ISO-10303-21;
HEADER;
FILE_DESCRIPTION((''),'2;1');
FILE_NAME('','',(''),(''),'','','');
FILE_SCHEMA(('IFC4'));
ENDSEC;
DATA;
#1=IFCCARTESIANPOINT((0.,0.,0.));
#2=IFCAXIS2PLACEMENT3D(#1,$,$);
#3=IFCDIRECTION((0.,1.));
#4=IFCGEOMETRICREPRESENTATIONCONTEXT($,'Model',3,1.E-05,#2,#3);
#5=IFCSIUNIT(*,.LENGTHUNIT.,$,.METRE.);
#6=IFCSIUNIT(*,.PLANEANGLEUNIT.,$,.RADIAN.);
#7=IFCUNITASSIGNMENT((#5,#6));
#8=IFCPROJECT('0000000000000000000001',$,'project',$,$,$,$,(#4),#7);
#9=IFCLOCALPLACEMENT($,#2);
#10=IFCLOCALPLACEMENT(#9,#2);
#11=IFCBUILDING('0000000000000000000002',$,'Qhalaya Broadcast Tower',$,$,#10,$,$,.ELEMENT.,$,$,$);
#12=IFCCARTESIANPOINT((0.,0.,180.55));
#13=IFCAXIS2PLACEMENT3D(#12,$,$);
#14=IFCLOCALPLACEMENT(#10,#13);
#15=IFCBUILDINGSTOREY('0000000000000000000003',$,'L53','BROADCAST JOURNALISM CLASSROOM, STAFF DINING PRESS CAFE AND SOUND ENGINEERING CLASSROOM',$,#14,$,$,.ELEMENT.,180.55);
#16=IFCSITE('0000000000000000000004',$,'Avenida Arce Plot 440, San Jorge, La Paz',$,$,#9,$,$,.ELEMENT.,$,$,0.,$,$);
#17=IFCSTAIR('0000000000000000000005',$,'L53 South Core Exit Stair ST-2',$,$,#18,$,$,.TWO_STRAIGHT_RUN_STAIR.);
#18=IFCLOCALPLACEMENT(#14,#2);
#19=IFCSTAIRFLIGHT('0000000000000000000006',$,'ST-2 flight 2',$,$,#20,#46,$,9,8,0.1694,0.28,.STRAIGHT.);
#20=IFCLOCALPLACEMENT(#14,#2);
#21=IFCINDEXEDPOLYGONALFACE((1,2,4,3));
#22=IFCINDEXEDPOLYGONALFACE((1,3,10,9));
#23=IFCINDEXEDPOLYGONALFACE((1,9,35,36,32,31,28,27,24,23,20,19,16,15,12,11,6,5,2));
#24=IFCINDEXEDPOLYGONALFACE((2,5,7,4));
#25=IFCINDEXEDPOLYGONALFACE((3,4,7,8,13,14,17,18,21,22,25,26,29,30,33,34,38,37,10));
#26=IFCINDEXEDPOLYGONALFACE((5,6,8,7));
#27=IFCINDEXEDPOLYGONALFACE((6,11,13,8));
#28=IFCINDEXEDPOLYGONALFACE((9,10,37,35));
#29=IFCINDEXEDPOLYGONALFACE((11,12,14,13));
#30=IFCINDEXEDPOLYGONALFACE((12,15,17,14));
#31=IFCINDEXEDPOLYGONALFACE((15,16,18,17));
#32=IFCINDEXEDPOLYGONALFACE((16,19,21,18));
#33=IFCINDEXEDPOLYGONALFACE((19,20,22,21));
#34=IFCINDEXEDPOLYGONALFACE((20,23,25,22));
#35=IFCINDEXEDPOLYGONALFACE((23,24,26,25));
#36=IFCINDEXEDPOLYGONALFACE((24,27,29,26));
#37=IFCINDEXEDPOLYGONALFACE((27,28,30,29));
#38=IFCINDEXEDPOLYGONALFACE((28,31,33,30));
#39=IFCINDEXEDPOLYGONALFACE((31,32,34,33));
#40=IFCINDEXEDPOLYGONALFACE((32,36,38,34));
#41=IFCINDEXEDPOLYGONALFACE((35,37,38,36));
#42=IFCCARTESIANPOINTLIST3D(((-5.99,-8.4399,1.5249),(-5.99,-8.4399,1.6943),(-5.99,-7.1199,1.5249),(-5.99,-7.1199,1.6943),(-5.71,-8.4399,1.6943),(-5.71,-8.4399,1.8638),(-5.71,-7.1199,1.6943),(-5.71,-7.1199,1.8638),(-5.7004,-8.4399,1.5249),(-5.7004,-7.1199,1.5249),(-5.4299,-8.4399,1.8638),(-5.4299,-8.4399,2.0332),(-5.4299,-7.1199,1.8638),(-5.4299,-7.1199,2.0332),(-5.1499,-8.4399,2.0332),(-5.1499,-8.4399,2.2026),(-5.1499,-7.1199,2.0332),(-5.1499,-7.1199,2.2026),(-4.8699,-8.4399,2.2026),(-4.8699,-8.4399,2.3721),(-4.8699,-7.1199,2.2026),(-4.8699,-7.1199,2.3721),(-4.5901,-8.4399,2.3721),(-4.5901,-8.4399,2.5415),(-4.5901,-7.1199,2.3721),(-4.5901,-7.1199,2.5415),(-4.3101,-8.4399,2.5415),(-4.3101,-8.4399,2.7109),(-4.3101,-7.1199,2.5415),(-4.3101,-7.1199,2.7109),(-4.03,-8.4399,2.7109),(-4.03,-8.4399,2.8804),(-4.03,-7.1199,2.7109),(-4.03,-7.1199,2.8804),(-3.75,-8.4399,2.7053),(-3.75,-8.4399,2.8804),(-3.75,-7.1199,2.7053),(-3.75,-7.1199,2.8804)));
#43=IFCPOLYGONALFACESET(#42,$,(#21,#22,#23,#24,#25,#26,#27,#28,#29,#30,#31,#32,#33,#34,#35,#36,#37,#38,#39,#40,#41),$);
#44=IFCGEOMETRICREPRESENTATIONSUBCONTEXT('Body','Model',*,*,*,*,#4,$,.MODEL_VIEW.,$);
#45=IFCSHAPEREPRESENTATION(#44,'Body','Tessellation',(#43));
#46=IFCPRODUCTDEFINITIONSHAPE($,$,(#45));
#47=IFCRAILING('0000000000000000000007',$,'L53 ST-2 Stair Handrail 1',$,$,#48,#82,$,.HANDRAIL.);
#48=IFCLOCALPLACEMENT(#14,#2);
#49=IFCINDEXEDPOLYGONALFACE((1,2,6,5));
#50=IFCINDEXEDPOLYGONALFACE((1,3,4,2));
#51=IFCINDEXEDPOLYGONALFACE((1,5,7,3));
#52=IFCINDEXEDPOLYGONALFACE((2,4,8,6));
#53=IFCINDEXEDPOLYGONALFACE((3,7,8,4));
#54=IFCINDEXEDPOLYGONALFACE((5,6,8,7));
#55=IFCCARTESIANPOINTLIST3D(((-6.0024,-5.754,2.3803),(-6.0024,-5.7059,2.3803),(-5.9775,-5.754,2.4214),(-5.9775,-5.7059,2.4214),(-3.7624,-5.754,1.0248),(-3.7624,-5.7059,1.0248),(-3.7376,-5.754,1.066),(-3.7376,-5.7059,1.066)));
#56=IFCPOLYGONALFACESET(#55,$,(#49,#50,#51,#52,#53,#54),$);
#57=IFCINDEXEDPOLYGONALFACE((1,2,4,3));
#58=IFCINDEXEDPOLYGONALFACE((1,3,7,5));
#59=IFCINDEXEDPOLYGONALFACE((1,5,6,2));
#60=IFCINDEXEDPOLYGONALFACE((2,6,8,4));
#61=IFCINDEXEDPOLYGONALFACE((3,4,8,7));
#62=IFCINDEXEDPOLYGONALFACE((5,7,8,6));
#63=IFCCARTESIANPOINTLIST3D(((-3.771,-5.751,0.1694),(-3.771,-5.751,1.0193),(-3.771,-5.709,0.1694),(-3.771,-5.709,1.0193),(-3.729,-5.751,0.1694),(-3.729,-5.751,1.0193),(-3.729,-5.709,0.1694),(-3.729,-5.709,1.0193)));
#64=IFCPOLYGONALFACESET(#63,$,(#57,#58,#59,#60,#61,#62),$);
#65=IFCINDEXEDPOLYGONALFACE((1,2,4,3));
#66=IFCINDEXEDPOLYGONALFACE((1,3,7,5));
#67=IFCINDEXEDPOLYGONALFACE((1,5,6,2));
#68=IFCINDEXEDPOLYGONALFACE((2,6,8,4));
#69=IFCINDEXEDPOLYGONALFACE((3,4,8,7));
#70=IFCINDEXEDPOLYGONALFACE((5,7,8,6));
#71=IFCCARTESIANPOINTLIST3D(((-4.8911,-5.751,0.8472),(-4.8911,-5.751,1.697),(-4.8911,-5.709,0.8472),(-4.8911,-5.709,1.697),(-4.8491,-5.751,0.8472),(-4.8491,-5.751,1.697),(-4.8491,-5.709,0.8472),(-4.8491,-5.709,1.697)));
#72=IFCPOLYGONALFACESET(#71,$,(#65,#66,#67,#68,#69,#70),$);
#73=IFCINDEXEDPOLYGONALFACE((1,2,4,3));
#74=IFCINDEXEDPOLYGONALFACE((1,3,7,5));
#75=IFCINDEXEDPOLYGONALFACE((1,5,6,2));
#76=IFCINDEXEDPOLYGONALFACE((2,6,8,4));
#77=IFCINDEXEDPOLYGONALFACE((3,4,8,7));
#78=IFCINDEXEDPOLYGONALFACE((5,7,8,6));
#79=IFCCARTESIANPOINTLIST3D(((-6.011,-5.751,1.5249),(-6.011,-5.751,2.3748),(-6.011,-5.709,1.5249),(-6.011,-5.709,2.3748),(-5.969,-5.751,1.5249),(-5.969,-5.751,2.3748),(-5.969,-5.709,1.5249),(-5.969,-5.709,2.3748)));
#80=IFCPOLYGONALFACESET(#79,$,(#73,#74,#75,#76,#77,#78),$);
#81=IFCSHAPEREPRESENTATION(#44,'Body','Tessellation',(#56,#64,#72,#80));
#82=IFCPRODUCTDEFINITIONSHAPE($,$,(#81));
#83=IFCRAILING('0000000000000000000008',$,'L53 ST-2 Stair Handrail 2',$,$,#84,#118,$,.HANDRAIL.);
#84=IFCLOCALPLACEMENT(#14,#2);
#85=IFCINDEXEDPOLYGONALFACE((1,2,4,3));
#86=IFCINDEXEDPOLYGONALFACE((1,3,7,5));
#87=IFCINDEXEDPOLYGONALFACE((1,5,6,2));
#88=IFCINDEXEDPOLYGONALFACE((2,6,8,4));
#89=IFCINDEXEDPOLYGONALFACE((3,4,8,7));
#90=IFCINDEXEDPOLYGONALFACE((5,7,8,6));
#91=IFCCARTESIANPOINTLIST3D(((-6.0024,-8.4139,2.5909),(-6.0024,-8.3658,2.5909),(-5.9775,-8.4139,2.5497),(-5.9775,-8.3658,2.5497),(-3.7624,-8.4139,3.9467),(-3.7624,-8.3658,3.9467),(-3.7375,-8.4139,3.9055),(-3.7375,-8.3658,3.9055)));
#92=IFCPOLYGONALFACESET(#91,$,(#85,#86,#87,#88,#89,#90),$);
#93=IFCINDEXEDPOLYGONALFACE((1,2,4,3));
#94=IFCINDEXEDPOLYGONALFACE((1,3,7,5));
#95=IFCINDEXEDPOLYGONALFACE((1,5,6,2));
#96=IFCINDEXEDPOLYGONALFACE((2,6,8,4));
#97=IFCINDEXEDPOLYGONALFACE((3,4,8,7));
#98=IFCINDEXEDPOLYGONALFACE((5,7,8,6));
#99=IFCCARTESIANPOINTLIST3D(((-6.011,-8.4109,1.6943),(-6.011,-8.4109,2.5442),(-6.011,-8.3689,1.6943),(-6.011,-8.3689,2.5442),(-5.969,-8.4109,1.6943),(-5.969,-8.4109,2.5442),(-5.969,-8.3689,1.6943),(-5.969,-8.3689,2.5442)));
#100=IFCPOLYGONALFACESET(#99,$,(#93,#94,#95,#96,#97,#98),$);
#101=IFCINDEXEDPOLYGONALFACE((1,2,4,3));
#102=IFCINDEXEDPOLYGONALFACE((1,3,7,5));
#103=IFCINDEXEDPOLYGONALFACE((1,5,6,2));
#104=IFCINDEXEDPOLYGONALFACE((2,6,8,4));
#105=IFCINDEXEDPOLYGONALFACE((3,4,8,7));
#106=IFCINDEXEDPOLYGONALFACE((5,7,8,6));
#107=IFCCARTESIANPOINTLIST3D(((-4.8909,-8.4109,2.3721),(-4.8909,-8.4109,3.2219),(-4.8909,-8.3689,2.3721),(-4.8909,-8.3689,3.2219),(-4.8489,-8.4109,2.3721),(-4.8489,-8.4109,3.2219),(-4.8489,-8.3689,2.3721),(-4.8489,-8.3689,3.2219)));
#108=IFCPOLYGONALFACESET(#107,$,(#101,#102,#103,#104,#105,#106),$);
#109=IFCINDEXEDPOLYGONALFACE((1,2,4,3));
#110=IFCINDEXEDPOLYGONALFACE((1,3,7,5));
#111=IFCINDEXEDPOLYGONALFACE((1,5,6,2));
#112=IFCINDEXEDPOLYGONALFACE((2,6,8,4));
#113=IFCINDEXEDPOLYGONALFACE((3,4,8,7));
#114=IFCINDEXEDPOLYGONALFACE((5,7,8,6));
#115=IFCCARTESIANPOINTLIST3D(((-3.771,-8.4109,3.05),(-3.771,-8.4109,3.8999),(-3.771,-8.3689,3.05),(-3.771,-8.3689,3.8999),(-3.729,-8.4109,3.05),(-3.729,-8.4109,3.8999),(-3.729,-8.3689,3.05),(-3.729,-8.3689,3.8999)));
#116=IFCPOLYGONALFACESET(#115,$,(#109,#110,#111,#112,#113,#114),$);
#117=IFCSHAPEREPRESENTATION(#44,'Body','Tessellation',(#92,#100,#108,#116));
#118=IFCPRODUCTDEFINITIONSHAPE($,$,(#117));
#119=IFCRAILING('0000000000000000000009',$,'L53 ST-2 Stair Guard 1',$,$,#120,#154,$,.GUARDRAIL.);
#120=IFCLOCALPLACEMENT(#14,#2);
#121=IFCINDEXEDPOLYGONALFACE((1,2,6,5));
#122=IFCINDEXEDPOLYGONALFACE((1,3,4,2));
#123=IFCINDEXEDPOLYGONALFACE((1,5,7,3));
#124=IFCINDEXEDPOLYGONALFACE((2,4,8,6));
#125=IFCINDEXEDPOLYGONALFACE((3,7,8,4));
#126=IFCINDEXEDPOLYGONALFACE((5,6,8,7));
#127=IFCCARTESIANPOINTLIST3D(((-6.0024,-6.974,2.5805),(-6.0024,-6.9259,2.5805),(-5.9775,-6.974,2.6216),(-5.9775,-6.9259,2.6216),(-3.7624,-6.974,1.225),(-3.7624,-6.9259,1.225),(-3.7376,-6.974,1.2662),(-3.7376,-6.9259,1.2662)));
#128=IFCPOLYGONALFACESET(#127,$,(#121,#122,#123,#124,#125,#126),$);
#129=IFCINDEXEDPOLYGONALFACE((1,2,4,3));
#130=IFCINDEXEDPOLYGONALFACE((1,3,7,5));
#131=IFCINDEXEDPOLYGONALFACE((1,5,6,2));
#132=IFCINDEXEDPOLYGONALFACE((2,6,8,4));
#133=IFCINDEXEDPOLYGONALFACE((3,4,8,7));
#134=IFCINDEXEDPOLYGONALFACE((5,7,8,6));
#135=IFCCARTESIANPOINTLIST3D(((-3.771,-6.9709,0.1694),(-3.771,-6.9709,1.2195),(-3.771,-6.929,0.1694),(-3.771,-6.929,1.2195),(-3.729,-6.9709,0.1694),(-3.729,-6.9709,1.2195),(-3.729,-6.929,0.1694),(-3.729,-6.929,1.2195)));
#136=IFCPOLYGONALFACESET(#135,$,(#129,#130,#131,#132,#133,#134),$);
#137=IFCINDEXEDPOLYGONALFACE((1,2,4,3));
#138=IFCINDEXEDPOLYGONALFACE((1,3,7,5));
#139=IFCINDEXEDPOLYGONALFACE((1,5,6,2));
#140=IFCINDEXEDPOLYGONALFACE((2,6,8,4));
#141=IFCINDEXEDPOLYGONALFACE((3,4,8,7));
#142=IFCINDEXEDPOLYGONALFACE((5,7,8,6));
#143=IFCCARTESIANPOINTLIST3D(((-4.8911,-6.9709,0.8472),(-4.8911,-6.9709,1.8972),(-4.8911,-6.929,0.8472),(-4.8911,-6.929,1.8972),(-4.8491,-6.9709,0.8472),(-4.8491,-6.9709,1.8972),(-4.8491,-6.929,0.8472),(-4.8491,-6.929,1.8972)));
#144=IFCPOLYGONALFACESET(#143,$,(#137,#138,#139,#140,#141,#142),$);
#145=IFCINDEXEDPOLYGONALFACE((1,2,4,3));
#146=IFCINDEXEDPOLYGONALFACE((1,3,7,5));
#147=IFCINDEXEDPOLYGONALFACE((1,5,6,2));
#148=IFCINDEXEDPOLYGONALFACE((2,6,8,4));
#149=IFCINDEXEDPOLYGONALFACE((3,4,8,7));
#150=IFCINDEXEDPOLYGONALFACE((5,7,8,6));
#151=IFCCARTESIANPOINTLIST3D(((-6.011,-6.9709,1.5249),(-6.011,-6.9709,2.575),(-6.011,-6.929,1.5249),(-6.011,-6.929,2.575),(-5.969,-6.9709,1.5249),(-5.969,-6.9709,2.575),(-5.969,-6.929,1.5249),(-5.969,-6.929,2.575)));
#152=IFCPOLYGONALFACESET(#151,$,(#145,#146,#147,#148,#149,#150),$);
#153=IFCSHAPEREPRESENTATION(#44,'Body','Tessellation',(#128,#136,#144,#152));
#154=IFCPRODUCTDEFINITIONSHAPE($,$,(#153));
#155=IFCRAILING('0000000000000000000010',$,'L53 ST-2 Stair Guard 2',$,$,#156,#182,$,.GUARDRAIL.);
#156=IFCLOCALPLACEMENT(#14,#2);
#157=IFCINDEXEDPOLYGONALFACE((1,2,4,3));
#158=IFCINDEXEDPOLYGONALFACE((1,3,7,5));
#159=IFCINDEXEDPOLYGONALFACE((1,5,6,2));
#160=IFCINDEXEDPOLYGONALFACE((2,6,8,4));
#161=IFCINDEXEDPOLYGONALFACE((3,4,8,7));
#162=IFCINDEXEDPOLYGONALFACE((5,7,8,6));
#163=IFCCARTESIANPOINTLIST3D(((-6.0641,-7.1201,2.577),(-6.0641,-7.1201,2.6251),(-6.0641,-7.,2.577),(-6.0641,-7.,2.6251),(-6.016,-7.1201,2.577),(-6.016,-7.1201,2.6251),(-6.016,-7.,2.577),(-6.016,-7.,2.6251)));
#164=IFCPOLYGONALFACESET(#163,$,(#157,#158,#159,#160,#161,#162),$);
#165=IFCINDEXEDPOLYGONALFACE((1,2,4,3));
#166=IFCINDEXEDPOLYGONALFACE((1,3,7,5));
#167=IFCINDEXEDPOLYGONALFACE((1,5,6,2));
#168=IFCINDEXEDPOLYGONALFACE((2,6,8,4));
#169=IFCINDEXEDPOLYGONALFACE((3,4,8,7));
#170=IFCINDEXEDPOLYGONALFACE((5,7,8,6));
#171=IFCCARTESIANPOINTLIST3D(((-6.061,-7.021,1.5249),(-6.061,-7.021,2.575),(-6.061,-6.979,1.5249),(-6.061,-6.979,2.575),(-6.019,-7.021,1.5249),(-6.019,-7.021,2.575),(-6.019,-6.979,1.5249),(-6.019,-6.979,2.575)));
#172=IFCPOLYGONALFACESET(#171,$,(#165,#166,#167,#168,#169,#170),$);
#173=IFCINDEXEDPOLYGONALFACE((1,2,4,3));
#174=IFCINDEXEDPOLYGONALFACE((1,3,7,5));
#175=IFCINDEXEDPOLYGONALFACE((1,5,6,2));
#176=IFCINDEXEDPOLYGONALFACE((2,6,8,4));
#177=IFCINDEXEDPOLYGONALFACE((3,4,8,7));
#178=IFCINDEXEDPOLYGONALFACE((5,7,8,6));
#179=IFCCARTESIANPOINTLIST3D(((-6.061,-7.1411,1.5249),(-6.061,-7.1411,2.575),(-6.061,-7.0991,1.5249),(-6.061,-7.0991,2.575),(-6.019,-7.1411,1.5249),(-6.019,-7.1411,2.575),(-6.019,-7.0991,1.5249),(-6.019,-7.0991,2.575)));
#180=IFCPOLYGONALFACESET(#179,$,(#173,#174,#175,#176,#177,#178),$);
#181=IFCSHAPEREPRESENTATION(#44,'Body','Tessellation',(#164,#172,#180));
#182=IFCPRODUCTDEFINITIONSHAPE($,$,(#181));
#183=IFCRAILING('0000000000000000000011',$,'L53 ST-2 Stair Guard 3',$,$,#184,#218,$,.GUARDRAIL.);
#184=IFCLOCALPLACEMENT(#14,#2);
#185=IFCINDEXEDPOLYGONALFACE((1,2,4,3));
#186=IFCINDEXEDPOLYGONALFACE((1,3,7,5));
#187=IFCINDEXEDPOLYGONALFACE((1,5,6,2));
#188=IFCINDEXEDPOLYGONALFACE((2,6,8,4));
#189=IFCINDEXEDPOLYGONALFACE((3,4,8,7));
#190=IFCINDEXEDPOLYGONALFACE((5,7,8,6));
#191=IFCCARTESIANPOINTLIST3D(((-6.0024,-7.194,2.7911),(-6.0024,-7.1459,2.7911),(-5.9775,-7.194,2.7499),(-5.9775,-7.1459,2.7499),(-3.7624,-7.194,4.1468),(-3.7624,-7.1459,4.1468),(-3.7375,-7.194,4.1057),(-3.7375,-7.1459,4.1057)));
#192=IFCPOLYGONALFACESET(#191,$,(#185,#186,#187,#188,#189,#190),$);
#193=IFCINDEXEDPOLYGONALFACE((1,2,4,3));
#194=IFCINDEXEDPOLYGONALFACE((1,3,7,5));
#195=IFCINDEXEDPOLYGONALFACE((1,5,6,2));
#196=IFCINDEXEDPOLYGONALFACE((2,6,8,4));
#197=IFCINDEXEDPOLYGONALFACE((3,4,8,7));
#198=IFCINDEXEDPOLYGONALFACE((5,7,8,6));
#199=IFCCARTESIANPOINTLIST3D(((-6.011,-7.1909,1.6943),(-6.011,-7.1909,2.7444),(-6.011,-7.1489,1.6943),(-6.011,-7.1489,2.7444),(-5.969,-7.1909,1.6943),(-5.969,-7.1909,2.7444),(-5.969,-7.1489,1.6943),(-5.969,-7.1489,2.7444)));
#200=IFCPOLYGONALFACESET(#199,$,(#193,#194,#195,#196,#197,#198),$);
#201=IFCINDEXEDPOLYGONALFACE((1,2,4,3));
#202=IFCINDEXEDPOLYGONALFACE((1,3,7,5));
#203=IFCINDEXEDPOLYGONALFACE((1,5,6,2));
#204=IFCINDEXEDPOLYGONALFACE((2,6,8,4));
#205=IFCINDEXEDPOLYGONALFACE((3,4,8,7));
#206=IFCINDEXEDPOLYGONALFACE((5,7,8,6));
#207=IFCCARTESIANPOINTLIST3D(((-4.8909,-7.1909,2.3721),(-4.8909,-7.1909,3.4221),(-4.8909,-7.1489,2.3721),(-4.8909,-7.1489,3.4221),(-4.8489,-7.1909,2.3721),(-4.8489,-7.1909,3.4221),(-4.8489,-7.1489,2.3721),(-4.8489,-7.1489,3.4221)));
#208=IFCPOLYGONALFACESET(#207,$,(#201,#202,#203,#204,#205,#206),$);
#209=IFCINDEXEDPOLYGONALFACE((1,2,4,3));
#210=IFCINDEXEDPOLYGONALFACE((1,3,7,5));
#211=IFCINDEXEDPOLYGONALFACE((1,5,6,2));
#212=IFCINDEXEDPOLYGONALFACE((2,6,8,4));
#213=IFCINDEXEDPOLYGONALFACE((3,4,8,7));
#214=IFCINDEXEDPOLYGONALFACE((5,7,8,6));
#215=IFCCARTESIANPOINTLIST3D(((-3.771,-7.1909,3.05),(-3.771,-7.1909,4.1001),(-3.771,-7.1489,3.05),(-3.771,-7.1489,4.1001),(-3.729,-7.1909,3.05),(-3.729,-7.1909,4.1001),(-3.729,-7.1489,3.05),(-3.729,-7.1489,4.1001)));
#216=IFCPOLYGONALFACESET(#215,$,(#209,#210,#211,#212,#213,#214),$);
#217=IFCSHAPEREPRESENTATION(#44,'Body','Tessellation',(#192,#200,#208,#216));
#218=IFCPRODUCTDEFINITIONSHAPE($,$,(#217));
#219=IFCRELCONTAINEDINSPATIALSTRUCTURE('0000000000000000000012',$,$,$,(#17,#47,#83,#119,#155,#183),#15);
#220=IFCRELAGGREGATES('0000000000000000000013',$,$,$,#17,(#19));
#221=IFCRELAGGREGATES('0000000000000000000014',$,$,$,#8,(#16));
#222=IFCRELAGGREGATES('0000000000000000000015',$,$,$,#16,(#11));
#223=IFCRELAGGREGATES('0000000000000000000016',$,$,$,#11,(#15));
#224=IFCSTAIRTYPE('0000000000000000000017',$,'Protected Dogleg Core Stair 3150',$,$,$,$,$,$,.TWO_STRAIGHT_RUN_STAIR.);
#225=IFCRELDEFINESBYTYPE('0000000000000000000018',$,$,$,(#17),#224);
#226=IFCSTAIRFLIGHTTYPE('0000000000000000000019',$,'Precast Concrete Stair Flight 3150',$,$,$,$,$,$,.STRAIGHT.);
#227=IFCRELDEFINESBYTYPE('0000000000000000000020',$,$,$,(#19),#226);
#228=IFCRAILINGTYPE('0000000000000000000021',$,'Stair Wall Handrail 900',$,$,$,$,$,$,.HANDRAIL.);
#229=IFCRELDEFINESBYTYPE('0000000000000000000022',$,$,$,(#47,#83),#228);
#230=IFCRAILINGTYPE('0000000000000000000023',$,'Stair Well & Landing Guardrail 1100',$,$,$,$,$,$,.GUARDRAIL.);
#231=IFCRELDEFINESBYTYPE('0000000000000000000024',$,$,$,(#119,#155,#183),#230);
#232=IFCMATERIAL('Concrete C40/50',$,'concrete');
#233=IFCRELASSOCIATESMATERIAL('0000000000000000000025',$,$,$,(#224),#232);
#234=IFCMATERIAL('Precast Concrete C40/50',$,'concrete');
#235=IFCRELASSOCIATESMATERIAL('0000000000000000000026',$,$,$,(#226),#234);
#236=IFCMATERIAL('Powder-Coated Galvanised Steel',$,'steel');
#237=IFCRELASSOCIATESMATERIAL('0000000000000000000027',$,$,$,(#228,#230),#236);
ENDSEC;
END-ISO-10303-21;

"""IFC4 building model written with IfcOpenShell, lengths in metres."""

from ifc_helpers import new_model, si_unit, direction, frame, origin, origin_2d, place, context, subcontext, project, spatial, polyline, rectangle, outline, extrude, material, type_object, element, aggregate, save


model = new_model("IFC4")

# Units and contexts
model_context = context("Model", 3, precision=1e-05, world=origin(), true_north=direction((0.0, 1.0)))
body_context = subcontext(model_context, "Body", "Model", "MODEL_VIEW")
ifc_project = project(units=[si_unit("LENGTHUNIT", "METRE"), si_unit("PLANEANGLEUNIT", "RADIAN")], contexts=[model_context])

# Site, building, storey
site_placement = place(None, origin())
site = spatial("IfcSite", under=ifc_project, at=site_placement, Name="Avenida Arce Plot 440, San Jorge, La Paz", CompositionType="ELEMENT", RefElevation=0.0)
building_placement = place(site_placement, origin())
building = spatial("IfcBuilding", under=site, at=building_placement, Name="Qhalaya Broadcast Tower", CompositionType="ELEMENT")
storey_placement = place(building_placement, frame((0.0, 0.0, 180.55)))
storey = spatial("IfcBuildingStorey", under=building, at=storey_placement, Name="L53", Description="BROADCAST JOURNALISM CLASSROOM, STAFF DINING PRESS CAFE AND SOUND ENGINEERING CLASSROOM", CompositionType="ELEMENT", Elevation=180.55)

# Shared definitions
ifc_material_1 = material(Name="Precast Concrete C40/50", Category="concrete")

# Stair, stair flight
ifc_material_2 = material(Name="Concrete C40/50", Category="concrete")
stair_type = type_object("IfcStairType", Name="Protected Dogleg Core Stair 3150", PredefinedType="TWO_STRAIGHT_RUN_STAIR", material=ifc_material_2)
stair_placement = place(storey_placement, origin())
stair = element("IfcStair", 1, at=stair_placement, inside=storey, type_object=stair_type, Name="L53 South Core Exit Stair ST-2", PredefinedType="TWO_STRAIGHT_RUN_STAIR")
stair_flight_type = type_object("IfcStairFlightType", Name="Precast Concrete Stair Flight 3150", PredefinedType="STRAIGHT", material=ifc_material_1)
stair_flight_1_placement = place(storey_placement, frame((-5.99, -7.78, 1.5249), z_axis=(0.0, 0.0, 1.0), x_axis=(1.0, 0.0, 0.0)))
stair_flight_1 = element("IfcStairFlight", 2, at=stair_flight_1_placement, type_object=stair_flight_type, Name="ST-2 flight 2", NumberOfRisers=9, NumberOfTreads=8, PredefinedType="STRAIGHT", RiserHeight=0.1694, TreadLength=0.28, context=body_context, shape_type="SweptSolid", body=[
    extrude(outline(polyline([(0.0, 0.0), (0.0, 0.1694), (0.28, 0.1694), (0.28, 0.3389), (0.5601, 0.3389), (0.5601, 0.5083), (0.8401, 0.5083), (0.8401, 0.6777), (1.1201, 0.6777), (1.1201, 0.8472), (1.3999, 0.8472), (1.3999, 1.0166), (1.6799, 1.0166), (1.6799, 1.186), (1.96, 1.186), (1.96, 1.3555), (2.24, 1.3555), (2.24, 1.5249), (2.24, 1.1804), (0.2896, 0.0), (0.0, 0.0)])), frame((0.0, 0.6602, 0.0), z_axis=(0.0, -1.0, 0.0), x_axis=(1.0, 0.0, 0.0)), (0.0, 0.0, 1.0), 1.3201),
])
aggregate(stair, [stair_flight_1])

# Railings
ifc_material_3 = material(Name="Powder-Coated Galvanised Steel", Category="steel")
railing_type_1 = type_object("IfcRailingType", Name="Stair Wall Handrail 900", PredefinedType="HANDRAIL", material=ifc_material_3)
railing_1_placement = place(storey_placement, frame((-3.75, -5.73, 0.1694)))
element("IfcRailing", 3, at=railing_1_placement, inside=storey, type_object=railing_type_1, Name="L53 ST-2 Stair Handrail 1", PredefinedType="HANDRAIL", context=body_context, shape_type="SweptSolid", body=[
    extrude(rectangle(XDim=0.0481, YDim=0.0481, at=origin_2d()), frame((0.0, 0.0, 0.876), z_axis=(-0.855553, 0.0, 0.517715), x_axis=(0.0, -1.0, 0.0)), (0.0, 0.0, 1.0), 2.6182),
    extrude(rectangle(XDim=0.042, YDim=0.042, at=origin_2d()), origin(), (0.0, 0.0, 1.0), 0.8499),
    extrude(rectangle(XDim=0.042, YDim=0.042, at=origin_2d()), frame((-1.1201, 0.0, 0.6777)), (0.0, 0.0, 1.0), 0.8499),
    extrude(rectangle(XDim=0.042, YDim=0.042, at=origin_2d()), frame((-2.24, 0.0, 1.3555)), (0.0, 0.0, 1.0), 0.8499),
])
railing_2_placement = place(storey_placement, frame((-5.99, -8.3899, 1.6943)))
element("IfcRailing", 4, at=railing_2_placement, inside=storey, type_object=railing_type_1, Name="L53 ST-2 Stair Handrail 2", PredefinedType="HANDRAIL", context=body_context, shape_type="SweptSolid", body=[
    extrude(rectangle(XDim=0.0481, YDim=0.0481, at=origin_2d()), frame((0.0, 0.0, 0.876), z_axis=(0.855512, 0.0, 0.517783), x_axis=(0.0, 1.0, 0.0)), (0.0, 0.0, 1.0), 2.6184),
    extrude(rectangle(XDim=0.042, YDim=0.042, at=origin_2d()), origin(), (0.0, 0.0, 1.0), 0.8499),
    extrude(rectangle(XDim=0.042, YDim=0.042, at=origin_2d()), frame((1.1201, 0.0, 0.6777)), (0.0, 0.0, 1.0), 0.8499),
    extrude(rectangle(XDim=0.042, YDim=0.042, at=origin_2d()), frame((2.24, 0.0, 1.3557)), (0.0, 0.0, 1.0), 0.8499),
])
railing_type_2 = type_object("IfcRailingType", Name="Stair Well & Landing Guardrail 1100", PredefinedType="GUARDRAIL", material=ifc_material_3)
railing_3_placement = place(storey_placement, frame((-3.75, -6.95, 0.1694)))
element("IfcRailing", 5, at=railing_3_placement, inside=storey, type_object=railing_type_2, Name="L53 ST-2 Stair Guard 1", PredefinedType="GUARDRAIL", context=body_context, shape_type="SweptSolid", body=[
    extrude(rectangle(XDim=0.0481, YDim=0.0481, at=origin_2d()), frame((0.0, 0.0, 1.0762), z_axis=(-0.855553, 0.0, 0.517715), x_axis=(0.0, -1.0, 0.0)), (0.0, 0.0, 1.0), 2.6182),
    extrude(rectangle(XDim=0.042, YDim=0.042, at=origin_2d()), origin(), (0.0, 0.0, 1.0), 1.05),
    extrude(rectangle(XDim=0.042, YDim=0.042, at=origin_2d()), frame((-1.1201, 0.0, 0.6777)), (0.0, 0.0, 1.0), 1.05),
    extrude(rectangle(XDim=0.042, YDim=0.042, at=origin_2d()), frame((-2.24, 0.0, 1.3555)), (0.0, 0.0, 1.0), 1.05),
])
railing_4_placement = place(storey_placement, frame((-6.04, -7.0, 1.5249)))
element("IfcRailing", 6, at=railing_4_placement, inside=storey, type_object=railing_type_2, Name="L53 ST-2 Stair Guard 2", PredefinedType="GUARDRAIL", context=body_context, shape_type="SweptSolid", body=[
    extrude(rectangle(XDim=0.0481, YDim=0.0481, at=origin_2d()), frame((0.0, 0.0, 1.0762), z_axis=(0.0, -1.0, 0.0), x_axis=(1.0, 0.0, 0.0)), (0.0, 0.0, 1.0), 0.1201),
    extrude(rectangle(XDim=0.042, YDim=0.042, at=origin_2d()), origin(), (0.0, 0.0, 1.0), 1.05),
    extrude(rectangle(XDim=0.042, YDim=0.042, at=origin_2d()), frame((0.0, -0.1201, 0.0)), (0.0, 0.0, 1.0), 1.05),
])
railing_5_placement = place(storey_placement, frame((-5.99, -7.1699, 1.6943)))
element("IfcRailing", 7, at=railing_5_placement, inside=storey, type_object=railing_type_2, Name="L53 ST-2 Stair Guard 3", PredefinedType="GUARDRAIL", context=body_context, shape_type="SweptSolid", body=[
    extrude(rectangle(XDim=0.0481, YDim=0.0481, at=origin_2d()), frame((0.0, 0.0, 1.0762), z_axis=(0.855512, 0.0, 0.517783), x_axis=(0.0, 1.0, 0.0)), (0.0, 0.0, 1.0), 2.6184),
    extrude(rectangle(XDim=0.042, YDim=0.042, at=origin_2d()), origin(), (0.0, 0.0, 1.0), 1.05),
    extrude(rectangle(XDim=0.042, YDim=0.042, at=origin_2d()), frame((1.1201, 0.0, 0.6777)), (0.0, 0.0, 1.0), 1.05),
    extrude(rectangle(XDim=0.042, YDim=0.042, at=origin_2d()), frame((2.24, 0.0, 1.3557)), (0.0, 0.0, 1.0), 1.05),
])

save(model, "model.ifc")
